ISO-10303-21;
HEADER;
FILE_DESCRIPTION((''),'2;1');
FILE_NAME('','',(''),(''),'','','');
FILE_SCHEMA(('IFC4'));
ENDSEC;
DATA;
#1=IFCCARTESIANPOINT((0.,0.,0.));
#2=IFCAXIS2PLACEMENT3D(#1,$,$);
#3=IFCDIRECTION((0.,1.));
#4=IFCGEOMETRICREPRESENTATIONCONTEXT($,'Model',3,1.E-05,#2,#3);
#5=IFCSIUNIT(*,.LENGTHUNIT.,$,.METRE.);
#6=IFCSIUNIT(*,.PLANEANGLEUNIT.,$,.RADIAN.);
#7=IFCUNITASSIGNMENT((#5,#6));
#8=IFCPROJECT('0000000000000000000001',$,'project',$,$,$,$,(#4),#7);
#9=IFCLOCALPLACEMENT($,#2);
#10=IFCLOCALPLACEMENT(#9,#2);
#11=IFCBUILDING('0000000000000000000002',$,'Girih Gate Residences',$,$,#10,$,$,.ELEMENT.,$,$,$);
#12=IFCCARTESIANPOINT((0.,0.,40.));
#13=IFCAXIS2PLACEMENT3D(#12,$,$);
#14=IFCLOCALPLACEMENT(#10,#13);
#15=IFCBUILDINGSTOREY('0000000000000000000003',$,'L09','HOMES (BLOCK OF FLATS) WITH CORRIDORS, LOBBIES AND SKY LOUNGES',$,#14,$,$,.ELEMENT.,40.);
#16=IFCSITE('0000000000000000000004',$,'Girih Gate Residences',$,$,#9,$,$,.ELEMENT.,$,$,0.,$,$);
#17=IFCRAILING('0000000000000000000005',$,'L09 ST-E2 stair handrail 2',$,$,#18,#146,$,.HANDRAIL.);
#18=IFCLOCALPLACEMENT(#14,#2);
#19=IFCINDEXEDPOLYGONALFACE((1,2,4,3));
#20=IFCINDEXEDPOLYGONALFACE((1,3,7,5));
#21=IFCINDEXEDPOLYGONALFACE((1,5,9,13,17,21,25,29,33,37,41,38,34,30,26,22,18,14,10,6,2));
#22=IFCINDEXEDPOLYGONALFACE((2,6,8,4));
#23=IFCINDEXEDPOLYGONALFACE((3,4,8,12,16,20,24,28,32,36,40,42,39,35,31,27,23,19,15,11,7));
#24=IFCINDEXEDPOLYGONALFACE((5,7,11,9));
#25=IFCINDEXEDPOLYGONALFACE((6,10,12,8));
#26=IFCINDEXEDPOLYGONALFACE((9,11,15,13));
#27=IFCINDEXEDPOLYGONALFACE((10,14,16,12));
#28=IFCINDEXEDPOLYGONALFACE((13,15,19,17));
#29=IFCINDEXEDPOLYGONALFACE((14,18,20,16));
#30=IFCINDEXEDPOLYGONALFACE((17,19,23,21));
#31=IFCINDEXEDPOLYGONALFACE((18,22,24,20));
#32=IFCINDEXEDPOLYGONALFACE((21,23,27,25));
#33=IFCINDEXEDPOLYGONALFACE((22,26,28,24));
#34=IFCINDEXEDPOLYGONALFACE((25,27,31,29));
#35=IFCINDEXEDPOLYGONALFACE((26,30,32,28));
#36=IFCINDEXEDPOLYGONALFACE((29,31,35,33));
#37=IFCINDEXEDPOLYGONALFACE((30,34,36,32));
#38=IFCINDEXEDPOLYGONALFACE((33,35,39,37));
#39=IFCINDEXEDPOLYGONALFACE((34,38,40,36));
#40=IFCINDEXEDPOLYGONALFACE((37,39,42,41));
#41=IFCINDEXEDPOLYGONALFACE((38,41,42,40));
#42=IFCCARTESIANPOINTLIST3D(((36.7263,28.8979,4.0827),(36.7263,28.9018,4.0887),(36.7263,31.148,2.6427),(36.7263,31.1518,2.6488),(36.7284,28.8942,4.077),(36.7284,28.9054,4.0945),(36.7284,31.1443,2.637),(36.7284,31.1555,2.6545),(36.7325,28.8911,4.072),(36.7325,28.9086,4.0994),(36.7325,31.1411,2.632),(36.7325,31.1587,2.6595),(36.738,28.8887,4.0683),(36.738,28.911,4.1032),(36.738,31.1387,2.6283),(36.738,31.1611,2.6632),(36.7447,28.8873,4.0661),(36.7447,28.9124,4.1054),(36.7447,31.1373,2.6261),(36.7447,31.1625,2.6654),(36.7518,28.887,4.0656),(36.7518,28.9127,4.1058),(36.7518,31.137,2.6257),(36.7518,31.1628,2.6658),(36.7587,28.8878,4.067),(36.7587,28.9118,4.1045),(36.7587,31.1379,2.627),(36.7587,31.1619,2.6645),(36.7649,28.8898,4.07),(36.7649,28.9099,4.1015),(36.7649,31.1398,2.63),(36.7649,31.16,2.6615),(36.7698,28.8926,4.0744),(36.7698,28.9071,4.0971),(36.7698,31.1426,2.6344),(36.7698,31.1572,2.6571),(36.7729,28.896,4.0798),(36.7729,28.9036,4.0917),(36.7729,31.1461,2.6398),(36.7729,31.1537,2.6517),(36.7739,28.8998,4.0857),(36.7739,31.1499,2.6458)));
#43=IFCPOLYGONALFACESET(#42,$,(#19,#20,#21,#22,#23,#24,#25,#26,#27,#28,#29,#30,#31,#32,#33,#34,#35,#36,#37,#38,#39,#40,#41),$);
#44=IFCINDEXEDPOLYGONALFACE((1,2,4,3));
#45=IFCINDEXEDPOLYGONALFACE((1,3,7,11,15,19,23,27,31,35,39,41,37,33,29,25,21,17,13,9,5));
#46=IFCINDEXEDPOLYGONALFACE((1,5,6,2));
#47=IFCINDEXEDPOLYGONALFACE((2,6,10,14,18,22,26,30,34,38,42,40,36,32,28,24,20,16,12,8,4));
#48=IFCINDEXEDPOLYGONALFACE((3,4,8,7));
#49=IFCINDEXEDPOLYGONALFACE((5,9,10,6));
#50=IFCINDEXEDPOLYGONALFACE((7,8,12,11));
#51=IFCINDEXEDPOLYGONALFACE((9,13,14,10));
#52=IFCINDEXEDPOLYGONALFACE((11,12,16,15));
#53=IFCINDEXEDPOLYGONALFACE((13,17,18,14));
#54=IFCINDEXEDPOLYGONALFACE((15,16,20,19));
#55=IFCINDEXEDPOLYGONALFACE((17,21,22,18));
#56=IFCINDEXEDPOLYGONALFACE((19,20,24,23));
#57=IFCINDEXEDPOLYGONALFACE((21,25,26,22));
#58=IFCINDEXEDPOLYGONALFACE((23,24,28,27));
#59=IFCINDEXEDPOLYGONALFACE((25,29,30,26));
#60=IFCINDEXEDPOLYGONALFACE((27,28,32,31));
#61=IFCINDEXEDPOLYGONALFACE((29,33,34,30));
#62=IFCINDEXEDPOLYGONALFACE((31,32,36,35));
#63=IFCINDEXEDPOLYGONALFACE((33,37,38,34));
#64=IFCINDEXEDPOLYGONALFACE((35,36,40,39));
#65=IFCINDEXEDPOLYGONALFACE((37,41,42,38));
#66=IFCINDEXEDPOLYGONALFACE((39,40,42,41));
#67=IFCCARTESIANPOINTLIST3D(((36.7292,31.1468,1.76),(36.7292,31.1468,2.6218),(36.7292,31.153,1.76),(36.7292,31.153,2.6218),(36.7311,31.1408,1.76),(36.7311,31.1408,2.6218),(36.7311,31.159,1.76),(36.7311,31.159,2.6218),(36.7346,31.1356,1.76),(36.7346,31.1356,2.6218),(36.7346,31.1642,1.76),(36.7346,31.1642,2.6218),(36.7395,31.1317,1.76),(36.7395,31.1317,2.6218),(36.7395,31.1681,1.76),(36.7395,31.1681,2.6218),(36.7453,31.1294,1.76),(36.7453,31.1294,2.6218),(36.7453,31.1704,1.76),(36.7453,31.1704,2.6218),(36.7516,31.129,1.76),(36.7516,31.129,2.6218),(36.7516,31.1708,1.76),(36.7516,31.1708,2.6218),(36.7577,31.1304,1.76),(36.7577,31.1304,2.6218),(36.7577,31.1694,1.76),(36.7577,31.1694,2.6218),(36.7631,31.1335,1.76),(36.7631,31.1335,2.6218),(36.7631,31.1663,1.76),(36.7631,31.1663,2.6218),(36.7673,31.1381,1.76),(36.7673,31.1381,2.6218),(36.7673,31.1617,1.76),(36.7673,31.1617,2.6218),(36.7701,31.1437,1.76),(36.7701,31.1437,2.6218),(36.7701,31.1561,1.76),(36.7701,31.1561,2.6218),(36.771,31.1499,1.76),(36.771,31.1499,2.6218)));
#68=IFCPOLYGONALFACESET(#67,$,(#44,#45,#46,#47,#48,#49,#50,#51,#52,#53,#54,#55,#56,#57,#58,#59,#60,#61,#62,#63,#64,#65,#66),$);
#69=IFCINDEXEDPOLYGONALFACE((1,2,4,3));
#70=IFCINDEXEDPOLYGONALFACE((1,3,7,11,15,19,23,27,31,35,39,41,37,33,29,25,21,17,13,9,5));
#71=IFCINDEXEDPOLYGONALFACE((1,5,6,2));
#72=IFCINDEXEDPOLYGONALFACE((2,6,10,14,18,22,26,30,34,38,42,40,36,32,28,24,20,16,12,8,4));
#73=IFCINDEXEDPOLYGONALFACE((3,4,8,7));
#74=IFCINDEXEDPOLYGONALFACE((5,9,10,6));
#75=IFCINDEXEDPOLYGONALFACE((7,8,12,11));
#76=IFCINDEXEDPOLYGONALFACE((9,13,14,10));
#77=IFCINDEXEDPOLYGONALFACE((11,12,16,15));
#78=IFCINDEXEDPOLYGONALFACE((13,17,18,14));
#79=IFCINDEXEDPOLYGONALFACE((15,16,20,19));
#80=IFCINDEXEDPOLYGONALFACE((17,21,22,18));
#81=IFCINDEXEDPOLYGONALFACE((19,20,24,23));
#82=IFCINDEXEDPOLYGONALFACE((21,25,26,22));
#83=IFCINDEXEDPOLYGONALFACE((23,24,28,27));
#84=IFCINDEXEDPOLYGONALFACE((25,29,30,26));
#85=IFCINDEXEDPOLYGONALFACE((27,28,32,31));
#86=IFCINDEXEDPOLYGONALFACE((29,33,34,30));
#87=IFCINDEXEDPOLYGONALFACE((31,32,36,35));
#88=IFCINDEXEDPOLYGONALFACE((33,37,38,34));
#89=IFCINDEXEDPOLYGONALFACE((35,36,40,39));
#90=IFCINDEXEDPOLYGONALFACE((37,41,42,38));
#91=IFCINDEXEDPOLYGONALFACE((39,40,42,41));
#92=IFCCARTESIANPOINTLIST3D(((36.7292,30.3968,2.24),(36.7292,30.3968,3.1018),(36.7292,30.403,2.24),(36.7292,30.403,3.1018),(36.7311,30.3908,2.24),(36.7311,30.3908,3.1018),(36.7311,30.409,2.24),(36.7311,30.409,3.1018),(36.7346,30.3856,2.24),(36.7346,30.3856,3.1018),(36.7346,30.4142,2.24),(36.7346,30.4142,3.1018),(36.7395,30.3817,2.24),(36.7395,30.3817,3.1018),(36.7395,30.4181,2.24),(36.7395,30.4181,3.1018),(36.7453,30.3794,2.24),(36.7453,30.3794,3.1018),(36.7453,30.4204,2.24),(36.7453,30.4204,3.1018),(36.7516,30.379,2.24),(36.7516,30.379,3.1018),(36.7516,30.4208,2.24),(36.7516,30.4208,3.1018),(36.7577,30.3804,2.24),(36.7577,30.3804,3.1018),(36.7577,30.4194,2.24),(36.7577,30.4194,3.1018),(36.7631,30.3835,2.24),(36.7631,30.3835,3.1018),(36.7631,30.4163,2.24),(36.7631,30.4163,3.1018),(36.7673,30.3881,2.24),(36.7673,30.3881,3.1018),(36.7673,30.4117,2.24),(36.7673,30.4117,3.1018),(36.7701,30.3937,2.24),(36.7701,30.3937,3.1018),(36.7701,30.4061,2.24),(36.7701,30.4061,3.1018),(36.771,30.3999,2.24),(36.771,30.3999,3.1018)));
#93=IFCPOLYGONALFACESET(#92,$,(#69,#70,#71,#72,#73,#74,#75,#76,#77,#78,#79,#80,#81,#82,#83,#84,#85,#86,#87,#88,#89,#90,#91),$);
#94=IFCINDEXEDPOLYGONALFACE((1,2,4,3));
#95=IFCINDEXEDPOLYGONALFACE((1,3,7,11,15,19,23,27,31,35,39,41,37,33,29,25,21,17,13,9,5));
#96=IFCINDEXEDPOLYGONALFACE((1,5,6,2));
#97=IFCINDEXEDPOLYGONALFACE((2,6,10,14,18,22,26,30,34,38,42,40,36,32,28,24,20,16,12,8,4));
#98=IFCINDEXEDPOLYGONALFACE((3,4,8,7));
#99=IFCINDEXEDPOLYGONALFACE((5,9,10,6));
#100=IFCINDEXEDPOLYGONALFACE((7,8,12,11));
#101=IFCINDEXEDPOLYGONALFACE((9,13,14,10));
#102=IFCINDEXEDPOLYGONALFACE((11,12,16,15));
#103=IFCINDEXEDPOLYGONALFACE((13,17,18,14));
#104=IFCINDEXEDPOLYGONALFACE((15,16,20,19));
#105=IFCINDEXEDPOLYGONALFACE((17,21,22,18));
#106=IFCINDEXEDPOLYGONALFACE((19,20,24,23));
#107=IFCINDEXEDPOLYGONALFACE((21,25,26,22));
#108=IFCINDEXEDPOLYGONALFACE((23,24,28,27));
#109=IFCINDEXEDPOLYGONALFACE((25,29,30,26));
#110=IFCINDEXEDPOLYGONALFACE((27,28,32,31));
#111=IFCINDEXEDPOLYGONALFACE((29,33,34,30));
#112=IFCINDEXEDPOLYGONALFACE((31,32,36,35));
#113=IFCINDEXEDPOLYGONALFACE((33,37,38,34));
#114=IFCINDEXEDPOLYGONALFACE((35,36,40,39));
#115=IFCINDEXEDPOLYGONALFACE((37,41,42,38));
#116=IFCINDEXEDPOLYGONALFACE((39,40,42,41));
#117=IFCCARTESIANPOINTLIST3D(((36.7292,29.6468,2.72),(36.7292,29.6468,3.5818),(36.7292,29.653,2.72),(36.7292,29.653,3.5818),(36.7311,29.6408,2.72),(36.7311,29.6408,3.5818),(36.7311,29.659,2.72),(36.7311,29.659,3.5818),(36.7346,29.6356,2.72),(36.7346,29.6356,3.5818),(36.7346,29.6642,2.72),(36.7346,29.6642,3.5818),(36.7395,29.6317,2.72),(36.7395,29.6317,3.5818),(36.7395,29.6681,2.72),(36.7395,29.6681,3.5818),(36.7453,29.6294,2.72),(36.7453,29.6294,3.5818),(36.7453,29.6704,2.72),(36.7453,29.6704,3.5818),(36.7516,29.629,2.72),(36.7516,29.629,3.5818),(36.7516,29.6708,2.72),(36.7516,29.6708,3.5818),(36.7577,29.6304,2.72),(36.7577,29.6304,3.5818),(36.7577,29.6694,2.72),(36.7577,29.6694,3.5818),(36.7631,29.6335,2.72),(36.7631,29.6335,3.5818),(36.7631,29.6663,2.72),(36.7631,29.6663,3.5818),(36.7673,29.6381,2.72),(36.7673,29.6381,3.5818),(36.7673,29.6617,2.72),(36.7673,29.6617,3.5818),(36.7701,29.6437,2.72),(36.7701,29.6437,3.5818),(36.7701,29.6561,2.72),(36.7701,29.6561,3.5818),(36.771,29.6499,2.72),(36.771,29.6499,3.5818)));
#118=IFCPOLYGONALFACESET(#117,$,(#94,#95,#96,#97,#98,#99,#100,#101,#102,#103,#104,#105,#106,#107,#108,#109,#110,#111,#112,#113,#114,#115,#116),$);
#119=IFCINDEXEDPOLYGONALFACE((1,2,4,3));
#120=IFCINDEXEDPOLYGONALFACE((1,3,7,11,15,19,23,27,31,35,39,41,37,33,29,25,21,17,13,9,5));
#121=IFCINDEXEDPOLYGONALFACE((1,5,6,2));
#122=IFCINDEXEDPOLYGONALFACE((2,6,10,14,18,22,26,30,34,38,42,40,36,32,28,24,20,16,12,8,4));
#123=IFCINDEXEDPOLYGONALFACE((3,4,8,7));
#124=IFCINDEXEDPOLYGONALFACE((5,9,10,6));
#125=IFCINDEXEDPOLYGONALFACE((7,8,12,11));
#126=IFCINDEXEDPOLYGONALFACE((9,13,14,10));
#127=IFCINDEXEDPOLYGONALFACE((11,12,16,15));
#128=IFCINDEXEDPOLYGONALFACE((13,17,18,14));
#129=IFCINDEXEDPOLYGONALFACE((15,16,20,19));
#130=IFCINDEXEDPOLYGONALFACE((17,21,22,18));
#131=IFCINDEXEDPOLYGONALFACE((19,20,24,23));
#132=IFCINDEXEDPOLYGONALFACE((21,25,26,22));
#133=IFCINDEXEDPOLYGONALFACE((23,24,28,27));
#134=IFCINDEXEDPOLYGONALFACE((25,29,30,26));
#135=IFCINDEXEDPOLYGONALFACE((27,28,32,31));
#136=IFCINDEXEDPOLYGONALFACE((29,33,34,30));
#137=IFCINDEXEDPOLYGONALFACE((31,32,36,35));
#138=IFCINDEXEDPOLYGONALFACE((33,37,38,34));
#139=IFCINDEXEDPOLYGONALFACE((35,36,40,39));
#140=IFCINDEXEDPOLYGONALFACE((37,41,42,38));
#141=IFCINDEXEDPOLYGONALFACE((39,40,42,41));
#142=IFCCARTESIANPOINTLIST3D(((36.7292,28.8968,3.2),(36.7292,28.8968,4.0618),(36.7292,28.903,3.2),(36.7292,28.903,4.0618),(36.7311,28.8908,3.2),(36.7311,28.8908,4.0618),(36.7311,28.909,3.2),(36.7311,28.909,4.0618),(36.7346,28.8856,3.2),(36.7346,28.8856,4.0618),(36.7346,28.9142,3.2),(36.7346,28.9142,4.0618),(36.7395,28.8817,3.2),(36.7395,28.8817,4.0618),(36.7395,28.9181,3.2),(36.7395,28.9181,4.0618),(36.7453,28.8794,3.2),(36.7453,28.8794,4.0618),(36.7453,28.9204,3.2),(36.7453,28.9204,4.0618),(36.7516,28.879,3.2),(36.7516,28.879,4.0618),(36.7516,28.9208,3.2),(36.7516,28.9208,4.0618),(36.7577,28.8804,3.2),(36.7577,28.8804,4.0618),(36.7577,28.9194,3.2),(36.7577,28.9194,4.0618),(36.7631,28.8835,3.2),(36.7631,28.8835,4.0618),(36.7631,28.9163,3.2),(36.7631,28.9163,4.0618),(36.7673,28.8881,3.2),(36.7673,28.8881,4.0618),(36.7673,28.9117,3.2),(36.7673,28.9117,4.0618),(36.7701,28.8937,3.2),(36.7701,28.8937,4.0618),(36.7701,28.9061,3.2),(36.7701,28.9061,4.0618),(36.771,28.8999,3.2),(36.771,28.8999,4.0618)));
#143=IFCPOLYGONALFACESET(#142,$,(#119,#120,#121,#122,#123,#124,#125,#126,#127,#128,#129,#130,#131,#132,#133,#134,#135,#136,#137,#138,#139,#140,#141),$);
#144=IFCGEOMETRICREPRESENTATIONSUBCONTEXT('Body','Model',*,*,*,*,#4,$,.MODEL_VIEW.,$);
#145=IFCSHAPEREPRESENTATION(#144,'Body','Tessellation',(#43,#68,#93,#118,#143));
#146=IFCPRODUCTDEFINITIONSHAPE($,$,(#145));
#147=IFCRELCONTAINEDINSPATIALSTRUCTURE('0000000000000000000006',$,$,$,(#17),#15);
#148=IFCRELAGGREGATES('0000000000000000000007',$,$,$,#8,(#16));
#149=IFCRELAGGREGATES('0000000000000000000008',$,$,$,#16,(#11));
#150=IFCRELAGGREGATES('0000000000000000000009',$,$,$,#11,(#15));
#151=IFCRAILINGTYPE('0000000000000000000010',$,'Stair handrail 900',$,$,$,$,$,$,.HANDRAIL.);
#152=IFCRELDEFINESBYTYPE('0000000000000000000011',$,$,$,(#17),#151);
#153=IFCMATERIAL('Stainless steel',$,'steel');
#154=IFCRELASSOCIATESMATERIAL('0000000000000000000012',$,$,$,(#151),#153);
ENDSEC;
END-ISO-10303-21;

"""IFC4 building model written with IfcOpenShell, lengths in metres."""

from ifc_helpers import new_model, si_unit, direction, frame, origin, origin_2d, place, context, subcontext, project, spatial, circle, extrude, material, type_object, element, save


model = new_model("IFC4")

# Units and contexts
model_context = context("Model", 3, precision=1e-05, world=origin(), true_north=direction((0.0, 1.0)))
body_context = subcontext(model_context, "Body", "Model", "MODEL_VIEW")
ifc_project = project(units=[si_unit("LENGTHUNIT", "METRE"), si_unit("PLANEANGLEUNIT", "RADIAN")], contexts=[model_context])

# Site, building, storey
site_placement = place(None, origin())
site = spatial("IfcSite", under=ifc_project, at=site_placement, Name="Girih Gate Residences", CompositionType="ELEMENT", RefElevation=0.0)
building_placement = place(site_placement, origin())
building = spatial("IfcBuilding", under=site, at=building_placement, Name="Girih Gate Residences", CompositionType="ELEMENT")
storey_placement = place(building_placement, frame((0.0, 0.0, 40.0)))
storey = spatial("IfcBuildingStorey", under=building, at=storey_placement, Name="L09", Description="HOMES (BLOCK OF FLATS) WITH CORRIDORS, LOBBIES AND SKY LOUNGES", CompositionType="ELEMENT", Elevation=40.0)

# Shared definitions
ifc_material_1 = material(Name="Stainless steel", Category="steel")

# Railing
railing_type_1 = type_object("IfcRailingType", Name="Stair handrail 900", PredefinedType="HANDRAIL", material=ifc_material_1)
railing_1_placement = place(storey_placement, frame((36.75, 31.1499, 1.76)))
element("IfcRailing", 1, at=railing_1_placement, inside=storey, type_object=railing_type_1, Name="L09 ST-E2 stair handrail 2", PredefinedType="HANDRAIL", context=body_context, shape_type="SweptSolid", body=[
    extrude(circle(Radius=0.0239, at=origin_2d()), frame((0.0, 0.0, 0.8857), z_axis=(0.0, -0.842281, 0.539038), x_axis=(1.0, 0.0, 0.0)), (0.0, 0.0, 1.0), 2.6714),
    extrude(circle(Radius=0.021, at=origin_2d()), origin(), (0.0, 0.0, 1.0), 0.8618),
    extrude(circle(Radius=0.021, at=origin_2d()), frame((0.0, -0.75, 0.48)), (0.0, 0.0, 1.0), 0.8618),
    extrude(circle(Radius=0.021, at=origin_2d()), frame((0.0, -1.5, 0.96)), (0.0, 0.0, 1.0), 0.8618),
    extrude(circle(Radius=0.021, at=origin_2d()), frame((0.0, -2.25, 1.4399)), (0.0, 0.0, 1.0), 0.8618),
])

save(model, "model.ifc")
